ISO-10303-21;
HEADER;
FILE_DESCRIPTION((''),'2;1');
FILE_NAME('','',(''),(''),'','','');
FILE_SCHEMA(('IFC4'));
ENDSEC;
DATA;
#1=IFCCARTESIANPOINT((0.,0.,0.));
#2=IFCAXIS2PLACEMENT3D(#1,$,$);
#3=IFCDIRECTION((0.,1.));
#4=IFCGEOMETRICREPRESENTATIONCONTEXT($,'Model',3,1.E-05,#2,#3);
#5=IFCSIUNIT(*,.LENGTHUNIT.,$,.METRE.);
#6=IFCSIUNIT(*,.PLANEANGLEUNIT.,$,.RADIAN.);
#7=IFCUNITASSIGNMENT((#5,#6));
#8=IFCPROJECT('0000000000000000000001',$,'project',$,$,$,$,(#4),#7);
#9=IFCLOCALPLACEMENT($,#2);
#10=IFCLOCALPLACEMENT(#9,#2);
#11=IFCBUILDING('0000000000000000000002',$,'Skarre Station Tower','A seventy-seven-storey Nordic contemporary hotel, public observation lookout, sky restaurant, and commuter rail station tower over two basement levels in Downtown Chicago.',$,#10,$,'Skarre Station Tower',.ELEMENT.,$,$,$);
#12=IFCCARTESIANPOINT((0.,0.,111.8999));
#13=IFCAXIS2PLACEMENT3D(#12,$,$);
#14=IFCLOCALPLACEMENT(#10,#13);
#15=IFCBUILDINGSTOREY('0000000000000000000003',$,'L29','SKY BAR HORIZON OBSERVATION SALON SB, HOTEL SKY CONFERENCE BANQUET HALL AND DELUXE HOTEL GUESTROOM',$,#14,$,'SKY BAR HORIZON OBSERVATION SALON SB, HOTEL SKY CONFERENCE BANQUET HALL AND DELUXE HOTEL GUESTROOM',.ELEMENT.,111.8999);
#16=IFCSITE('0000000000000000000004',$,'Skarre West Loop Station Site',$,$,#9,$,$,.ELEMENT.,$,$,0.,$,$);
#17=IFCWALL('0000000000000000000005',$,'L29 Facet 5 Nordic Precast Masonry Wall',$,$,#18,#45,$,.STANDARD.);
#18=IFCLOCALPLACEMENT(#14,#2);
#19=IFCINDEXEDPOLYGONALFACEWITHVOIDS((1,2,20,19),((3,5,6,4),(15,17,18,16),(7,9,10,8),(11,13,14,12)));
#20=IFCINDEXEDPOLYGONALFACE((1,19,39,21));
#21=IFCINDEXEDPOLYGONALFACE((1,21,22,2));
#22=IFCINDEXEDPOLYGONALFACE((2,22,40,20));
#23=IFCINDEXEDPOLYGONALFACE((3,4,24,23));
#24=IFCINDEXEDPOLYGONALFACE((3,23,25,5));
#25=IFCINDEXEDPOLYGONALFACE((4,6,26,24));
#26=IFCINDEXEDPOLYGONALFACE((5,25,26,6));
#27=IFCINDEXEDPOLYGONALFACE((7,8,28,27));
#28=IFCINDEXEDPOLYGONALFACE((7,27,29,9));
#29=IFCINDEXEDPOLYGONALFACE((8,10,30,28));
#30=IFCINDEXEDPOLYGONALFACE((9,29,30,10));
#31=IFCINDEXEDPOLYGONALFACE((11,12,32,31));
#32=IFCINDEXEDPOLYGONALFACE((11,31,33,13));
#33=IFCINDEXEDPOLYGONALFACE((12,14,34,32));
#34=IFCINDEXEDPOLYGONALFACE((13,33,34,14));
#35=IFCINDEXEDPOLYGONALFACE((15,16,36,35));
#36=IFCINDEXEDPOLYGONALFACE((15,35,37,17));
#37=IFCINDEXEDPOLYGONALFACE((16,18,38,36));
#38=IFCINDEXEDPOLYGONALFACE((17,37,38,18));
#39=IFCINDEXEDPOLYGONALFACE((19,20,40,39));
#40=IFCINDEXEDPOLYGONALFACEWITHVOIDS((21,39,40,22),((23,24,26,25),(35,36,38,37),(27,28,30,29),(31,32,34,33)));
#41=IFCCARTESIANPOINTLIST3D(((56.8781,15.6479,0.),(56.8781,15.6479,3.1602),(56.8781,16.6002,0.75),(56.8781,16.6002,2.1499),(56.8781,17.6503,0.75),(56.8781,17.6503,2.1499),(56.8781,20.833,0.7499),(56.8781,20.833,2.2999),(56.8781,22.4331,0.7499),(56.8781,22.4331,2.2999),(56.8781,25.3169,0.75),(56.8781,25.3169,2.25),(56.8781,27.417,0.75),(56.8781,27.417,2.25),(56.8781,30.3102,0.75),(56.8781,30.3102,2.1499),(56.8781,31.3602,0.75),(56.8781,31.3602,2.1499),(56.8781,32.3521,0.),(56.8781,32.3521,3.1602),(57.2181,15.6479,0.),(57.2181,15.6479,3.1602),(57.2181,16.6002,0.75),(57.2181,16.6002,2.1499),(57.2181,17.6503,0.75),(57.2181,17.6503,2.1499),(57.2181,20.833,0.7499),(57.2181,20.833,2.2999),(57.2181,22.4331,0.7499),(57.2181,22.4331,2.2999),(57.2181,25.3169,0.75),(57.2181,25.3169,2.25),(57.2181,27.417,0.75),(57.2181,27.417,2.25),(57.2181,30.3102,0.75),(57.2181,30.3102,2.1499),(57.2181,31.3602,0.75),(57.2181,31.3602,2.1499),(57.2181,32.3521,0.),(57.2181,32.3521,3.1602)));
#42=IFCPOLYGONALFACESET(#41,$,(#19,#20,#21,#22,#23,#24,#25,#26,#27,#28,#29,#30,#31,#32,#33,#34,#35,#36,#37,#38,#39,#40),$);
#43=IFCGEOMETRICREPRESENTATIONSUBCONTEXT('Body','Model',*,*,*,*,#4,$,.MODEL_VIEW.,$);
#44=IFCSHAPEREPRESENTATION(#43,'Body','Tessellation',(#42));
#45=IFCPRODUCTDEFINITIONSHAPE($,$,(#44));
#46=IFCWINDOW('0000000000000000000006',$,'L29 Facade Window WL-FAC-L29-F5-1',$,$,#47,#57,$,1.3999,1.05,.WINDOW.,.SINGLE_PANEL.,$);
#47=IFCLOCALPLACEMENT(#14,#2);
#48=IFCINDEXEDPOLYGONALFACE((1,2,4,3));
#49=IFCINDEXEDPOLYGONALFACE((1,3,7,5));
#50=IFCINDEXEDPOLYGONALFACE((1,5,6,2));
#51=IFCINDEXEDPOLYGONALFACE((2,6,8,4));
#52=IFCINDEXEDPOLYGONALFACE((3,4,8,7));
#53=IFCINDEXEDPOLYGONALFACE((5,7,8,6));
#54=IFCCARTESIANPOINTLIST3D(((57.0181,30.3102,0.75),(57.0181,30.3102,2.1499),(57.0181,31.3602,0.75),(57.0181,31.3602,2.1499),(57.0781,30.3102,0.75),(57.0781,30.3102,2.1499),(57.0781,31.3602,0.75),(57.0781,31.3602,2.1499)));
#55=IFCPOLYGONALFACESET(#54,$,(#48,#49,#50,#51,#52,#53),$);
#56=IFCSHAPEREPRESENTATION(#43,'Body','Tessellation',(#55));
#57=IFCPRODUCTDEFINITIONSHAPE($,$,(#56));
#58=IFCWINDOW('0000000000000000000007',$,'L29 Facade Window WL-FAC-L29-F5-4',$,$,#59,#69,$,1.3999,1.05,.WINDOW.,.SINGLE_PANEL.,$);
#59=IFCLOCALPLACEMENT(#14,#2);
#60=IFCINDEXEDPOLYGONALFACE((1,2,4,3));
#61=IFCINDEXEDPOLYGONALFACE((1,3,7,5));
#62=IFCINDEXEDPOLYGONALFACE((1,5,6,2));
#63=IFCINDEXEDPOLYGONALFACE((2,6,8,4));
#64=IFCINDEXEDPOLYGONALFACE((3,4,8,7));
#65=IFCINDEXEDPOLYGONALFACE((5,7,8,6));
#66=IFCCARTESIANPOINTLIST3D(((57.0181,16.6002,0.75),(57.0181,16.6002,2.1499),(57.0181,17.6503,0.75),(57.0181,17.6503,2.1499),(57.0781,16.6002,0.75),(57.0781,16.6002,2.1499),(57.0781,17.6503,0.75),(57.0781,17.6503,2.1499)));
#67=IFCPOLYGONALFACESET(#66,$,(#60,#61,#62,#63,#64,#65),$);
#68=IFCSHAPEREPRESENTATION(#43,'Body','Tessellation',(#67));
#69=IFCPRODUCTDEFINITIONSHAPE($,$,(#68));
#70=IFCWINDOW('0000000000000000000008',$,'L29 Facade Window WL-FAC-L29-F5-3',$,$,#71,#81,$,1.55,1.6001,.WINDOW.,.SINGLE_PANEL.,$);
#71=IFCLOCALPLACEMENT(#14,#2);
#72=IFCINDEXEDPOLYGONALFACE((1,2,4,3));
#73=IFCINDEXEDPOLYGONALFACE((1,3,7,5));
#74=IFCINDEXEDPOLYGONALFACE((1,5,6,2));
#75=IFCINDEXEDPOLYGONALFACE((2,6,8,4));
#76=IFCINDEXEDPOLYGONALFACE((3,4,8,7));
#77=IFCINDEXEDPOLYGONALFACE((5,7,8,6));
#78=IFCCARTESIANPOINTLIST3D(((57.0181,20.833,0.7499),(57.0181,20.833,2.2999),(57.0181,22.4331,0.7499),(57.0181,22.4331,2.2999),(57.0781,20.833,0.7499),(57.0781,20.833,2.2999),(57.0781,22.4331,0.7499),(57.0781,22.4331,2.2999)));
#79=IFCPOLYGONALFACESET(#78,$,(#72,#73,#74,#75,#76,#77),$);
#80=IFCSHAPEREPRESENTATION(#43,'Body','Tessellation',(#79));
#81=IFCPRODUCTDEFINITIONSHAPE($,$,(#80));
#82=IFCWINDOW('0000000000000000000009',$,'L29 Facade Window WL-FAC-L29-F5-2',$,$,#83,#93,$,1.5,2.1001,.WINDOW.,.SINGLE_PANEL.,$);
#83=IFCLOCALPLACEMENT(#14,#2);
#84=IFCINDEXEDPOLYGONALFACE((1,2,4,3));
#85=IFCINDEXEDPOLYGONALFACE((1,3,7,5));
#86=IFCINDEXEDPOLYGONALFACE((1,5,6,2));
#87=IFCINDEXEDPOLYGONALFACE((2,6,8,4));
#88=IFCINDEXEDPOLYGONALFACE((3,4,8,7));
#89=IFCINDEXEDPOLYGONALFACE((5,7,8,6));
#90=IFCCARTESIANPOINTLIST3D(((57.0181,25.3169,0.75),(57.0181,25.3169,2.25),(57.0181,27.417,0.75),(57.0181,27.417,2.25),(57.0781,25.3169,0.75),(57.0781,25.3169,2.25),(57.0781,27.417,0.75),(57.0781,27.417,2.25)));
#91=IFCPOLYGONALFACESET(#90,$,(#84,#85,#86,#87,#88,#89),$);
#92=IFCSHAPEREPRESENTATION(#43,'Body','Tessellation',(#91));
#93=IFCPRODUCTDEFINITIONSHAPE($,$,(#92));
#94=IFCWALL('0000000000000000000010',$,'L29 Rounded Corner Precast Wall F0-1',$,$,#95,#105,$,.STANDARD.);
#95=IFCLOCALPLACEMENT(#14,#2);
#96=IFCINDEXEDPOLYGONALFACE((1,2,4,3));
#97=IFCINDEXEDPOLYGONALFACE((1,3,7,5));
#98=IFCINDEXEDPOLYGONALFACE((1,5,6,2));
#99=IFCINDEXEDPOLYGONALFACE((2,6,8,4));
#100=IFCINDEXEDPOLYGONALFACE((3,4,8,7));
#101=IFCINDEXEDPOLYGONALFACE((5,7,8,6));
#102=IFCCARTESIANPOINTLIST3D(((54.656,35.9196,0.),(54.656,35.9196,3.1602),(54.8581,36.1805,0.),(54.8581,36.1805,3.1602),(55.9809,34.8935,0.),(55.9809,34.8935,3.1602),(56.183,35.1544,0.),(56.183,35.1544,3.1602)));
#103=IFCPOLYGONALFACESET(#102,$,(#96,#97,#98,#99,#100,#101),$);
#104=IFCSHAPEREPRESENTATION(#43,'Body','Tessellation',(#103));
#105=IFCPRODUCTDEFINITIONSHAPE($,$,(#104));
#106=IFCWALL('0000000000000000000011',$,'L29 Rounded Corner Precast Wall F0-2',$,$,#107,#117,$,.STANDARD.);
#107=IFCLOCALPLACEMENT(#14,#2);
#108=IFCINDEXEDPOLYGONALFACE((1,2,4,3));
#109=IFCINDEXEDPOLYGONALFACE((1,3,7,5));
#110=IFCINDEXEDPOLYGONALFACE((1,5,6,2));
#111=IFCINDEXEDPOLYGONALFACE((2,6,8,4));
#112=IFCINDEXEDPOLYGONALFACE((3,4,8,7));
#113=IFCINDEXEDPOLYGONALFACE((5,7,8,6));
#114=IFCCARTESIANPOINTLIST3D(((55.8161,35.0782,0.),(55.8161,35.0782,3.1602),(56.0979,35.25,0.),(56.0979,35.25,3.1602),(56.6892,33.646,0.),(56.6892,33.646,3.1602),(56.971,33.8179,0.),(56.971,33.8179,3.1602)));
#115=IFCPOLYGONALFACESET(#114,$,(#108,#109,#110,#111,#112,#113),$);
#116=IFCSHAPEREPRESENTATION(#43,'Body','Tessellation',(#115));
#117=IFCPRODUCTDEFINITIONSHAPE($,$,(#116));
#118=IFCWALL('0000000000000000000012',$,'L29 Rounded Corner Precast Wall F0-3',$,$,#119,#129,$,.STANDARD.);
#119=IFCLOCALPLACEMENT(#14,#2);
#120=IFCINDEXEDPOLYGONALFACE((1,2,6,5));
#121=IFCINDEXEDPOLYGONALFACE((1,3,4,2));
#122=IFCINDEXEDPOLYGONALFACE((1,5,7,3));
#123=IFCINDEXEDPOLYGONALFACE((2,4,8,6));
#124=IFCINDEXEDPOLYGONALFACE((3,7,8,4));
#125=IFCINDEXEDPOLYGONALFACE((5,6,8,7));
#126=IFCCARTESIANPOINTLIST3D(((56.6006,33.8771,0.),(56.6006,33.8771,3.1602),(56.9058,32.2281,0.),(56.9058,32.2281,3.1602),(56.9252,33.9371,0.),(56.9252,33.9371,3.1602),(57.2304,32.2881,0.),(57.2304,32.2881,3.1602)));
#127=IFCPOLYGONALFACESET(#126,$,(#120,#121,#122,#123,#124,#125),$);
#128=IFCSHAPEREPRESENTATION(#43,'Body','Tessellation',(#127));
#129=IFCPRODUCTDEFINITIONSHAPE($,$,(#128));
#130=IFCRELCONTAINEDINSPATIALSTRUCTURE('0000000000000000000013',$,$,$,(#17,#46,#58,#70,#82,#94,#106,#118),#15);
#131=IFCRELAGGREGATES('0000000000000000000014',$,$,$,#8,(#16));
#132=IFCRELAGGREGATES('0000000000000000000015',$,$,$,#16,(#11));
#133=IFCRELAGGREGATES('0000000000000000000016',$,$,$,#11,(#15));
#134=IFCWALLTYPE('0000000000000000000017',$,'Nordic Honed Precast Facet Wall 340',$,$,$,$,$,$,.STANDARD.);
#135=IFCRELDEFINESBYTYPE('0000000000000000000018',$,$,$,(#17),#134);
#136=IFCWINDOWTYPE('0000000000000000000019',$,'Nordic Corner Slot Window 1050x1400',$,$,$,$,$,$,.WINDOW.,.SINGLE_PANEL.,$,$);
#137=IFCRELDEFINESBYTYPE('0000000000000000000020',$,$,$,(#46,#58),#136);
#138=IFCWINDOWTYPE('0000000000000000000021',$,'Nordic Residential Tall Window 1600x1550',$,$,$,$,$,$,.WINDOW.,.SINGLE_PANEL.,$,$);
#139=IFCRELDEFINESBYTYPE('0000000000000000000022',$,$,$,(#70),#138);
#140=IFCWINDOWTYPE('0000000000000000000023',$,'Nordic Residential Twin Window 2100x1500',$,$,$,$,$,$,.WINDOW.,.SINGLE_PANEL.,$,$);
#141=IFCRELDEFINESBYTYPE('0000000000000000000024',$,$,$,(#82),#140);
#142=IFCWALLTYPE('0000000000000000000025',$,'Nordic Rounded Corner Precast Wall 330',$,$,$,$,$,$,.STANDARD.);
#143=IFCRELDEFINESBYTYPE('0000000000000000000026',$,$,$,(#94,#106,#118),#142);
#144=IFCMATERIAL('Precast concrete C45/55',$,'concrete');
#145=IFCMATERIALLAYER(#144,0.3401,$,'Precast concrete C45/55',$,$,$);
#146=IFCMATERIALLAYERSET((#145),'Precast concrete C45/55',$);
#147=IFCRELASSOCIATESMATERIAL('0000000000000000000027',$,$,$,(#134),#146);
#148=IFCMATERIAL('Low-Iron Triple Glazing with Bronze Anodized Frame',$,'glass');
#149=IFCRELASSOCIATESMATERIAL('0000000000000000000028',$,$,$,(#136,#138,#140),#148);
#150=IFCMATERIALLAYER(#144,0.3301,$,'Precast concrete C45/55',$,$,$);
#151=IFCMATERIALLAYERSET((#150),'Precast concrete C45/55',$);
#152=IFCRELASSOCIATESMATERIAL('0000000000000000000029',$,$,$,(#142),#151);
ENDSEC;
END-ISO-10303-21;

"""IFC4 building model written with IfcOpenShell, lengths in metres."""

from ifc_helpers import new_model, si_unit, direction, frame, frame_2d, origin, place, context, subcontext, project, spatial, rectangle, extrude, material, layer, layer_set, type_object, element, fill, save


model = new_model("IFC4")

# Units and contexts
model_context = context("Model", 3, precision=1e-05, world=origin(), true_north=direction((0.0, 1.0)))
body_context = subcontext(model_context, "Body", "Model", "MODEL_VIEW")
ifc_project = project(units=[si_unit("LENGTHUNIT", "METRE"), si_unit("PLANEANGLEUNIT", "RADIAN")], contexts=[model_context])

# Site, building, storey
site_placement = place(None, origin())
site = spatial("IfcSite", under=ifc_project, at=site_placement, Name="Skarre West Loop Station Site", CompositionType="ELEMENT", RefElevation=0.0)
building_placement = place(site_placement, origin())
building = spatial("IfcBuilding", under=site, at=building_placement, Name="Skarre Station Tower", Description="A seventy-seven-storey Nordic contemporary hotel, public observation lookout, sky restaurant, and commuter rail station tower over two basement levels in Downtown Chicago.", LongName="Skarre Station Tower", CompositionType="ELEMENT")
storey_placement = place(building_placement, frame((0.0, 0.0, 111.8999)))
storey = spatial("IfcBuildingStorey", under=building, at=storey_placement, Name="L29", Description="SKY BAR HORIZON OBSERVATION SALON SB, HOTEL SKY CONFERENCE BANQUET HALL AND DELUXE HOTEL GUESTROOM", LongName="SKY BAR HORIZON OBSERVATION SALON SB, HOTEL SKY CONFERENCE BANQUET HALL AND DELUXE HOTEL GUESTROOM", CompositionType="ELEMENT", Elevation=111.8999)

# Wall, openings, windows
ifc_material_1 = material(Name="Precast concrete C45/55", Category="concrete")
ifc_layer_1 = layer(ifc_material_1, 0.3401, Name="Precast concrete C45/55")
ifc_layer_set_1 = layer_set([ifc_layer_1], Name="Precast concrete C45/55")
wall_type_1 = type_object("IfcWallType", Name="Nordic Honed Precast Facet Wall 340", PredefinedType="STANDARD", material=ifc_layer_set_1)
wall_1_placement = place(storey_placement, frame((57.0481, 32.3521, 0.0), z_axis=(0.0, 0.0, 1.0), x_axis=(0.0, -1.0, 0.0)))
wall_1 = element("IfcWall", 1, at=wall_1_placement, inside=storey, type_object=wall_type_1, Name="L29 Facet 5 Nordic Precast Masonry Wall", PredefinedType="STANDARD", context=body_context, shape_type="SweptSolid", body=[
    extrude(rectangle(XDim=16.7041, YDim=0.3401, at=frame_2d((8.3521, 0.0))), origin(), (0.0, 0.0, 1.0), 3.1602),
])
opening_1_placement = place(wall_1_placement, frame((0.9919, 0.0, 0.75)))
opening_1 = element("IfcOpeningElement", 2, at=opening_1_placement, cuts=wall_1, PredefinedType="OPENING", context=body_context, shape_type="SweptSolid", body=[
    extrude(rectangle(XDim=1.05, YDim=1.3999, at=frame_2d((0.5249, 0.7))), frame((0.0, 0.1799, 0.0), z_axis=(0.0, -1.0, 0.0), x_axis=(1.0, 0.0, 0.0)), (0.0, 0.0, 1.0), 0.3601),
])
opening_2_placement = place(wall_1_placement, frame((4.9351, 0.0, 0.75)))
opening_2 = element("IfcOpeningElement", 3, at=opening_2_placement, cuts=wall_1, PredefinedType="OPENING", context=body_context, shape_type="SweptSolid", body=[
    extrude(rectangle(XDim=2.1001, YDim=1.5, at=frame_2d((1.05, 0.75))), frame((0.0, 0.1799, 0.0), z_axis=(0.0, -1.0, 0.0), x_axis=(1.0, 0.0, 0.0)), (0.0, 0.0, 1.0), 0.3601),
])
opening_3_placement = place(wall_1_placement, frame((9.9189, 0.0, 0.75)))
opening_3 = element("IfcOpeningElement", 4, at=opening_3_placement, cuts=wall_1, PredefinedType="OPENING", context=body_context, shape_type="SweptSolid", body=[
    extrude(rectangle(XDim=1.6001, YDim=1.55, at=frame_2d((0.8, 0.7749))), frame((0.0, 0.1799, 0.0), z_axis=(0.0, -1.0, 0.0), x_axis=(1.0, 0.0, 0.0)), (0.0, 0.0, 1.0), 0.3601),
])
opening_4_placement = place(wall_1_placement, frame((14.7019, 0.0, 0.75)))
opening_4 = element("IfcOpeningElement", 5, at=opening_4_placement, cuts=wall_1, PredefinedType="OPENING", context=body_context, shape_type="SweptSolid", body=[
    extrude(rectangle(XDim=1.05, YDim=1.3999, at=frame_2d((0.5249, 0.7))), frame((0.0, 0.1799, 0.0), z_axis=(0.0, -1.0, 0.0), x_axis=(1.0, 0.0, 0.0)), (0.0, 0.0, 1.0), 0.3601),
])
ifc_material_2 = material(Name="Low-Iron Triple Glazing with Bronze Anodized Frame", Category="glass")
window_type_1 = type_object("IfcWindowType", Name="Nordic Corner Slot Window 1050x1400", PartitioningType="SINGLE_PANEL", PredefinedType="WINDOW", material=ifc_material_2)
window_1_placement = place(opening_1_placement, origin())
window_1 = element("IfcWindow", 6, at=window_1_placement, inside=storey, type_object=window_type_1, Name="L29 Facade Window WL-FAC-L29-F5-1", OverallHeight=1.3999, OverallWidth=1.05, PartitioningType="SINGLE_PANEL", PredefinedType="WINDOW", context=body_context, shape_type="SweptSolid", body=[
    extrude(rectangle(XDim=1.05, YDim=1.3999, at=frame_2d((0.5249, 0.7))), frame((0.0, 0.03, 0.0), z_axis=(0.0, -1.0, 0.0), x_axis=(1.0, 0.0, 0.0)), (0.0, 0.0, 1.0), 0.0601),
])
fill(opening_1, window_1)
window_2_placement = place(opening_4_placement, origin())
window_2 = element("IfcWindow", 7, at=window_2_placement, inside=storey, type_object=window_type_1, Name="L29 Facade Window WL-FAC-L29-F5-4", OverallHeight=1.3999, OverallWidth=1.05, PartitioningType="SINGLE_PANEL", PredefinedType="WINDOW", context=body_context, shape_type="SweptSolid", body=[
    extrude(rectangle(XDim=1.05, YDim=1.3999, at=frame_2d((0.5249, 0.7))), frame((0.0, 0.03, 0.0), z_axis=(0.0, -1.0, 0.0), x_axis=(1.0, 0.0, 0.0)), (0.0, 0.0, 1.0), 0.0601),
])
fill(opening_4, window_2)
window_type_2 = type_object("IfcWindowType", Name="Nordic Residential Tall Window 1600x1550", PartitioningType="SINGLE_PANEL", PredefinedType="WINDOW", material=ifc_material_2)
window_3_placement = place(opening_3_placement, origin())
window_3 = element("IfcWindow", 8, at=window_3_placement, inside=storey, type_object=window_type_2, Name="L29 Facade Window WL-FAC-L29-F5-3", OverallHeight=1.55, OverallWidth=1.6001, PartitioningType="SINGLE_PANEL", PredefinedType="WINDOW", context=body_context, shape_type="SweptSolid", body=[
    extrude(rectangle(XDim=1.6001, YDim=1.55, at=frame_2d((0.8, 0.7749))), frame((0.0, 0.03, 0.0), z_axis=(0.0, -1.0, 0.0), x_axis=(1.0, 0.0, 0.0)), (0.0, 0.0, 1.0), 0.0601),
])
fill(opening_3, window_3)
window_type_3 = type_object("IfcWindowType", Name="Nordic Residential Twin Window 2100x1500", PartitioningType="SINGLE_PANEL", PredefinedType="WINDOW", material=ifc_material_2)
window_4_placement = place(opening_2_placement, origin())
window_4 = element("IfcWindow", 9, at=window_4_placement, inside=storey, type_object=window_type_3, Name="L29 Facade Window WL-FAC-L29-F5-2", OverallHeight=1.5, OverallWidth=2.1001, PartitioningType="SINGLE_PANEL", PredefinedType="WINDOW", context=body_context, shape_type="SweptSolid", body=[
    extrude(rectangle(XDim=2.1001, YDim=1.5, at=frame_2d((1.05, 0.75))), frame((0.0, 0.03, 0.0), z_axis=(0.0, -1.0, 0.0), x_axis=(1.0, 0.0, 0.0)), (0.0, 0.0, 1.0), 0.0601),
])
fill(opening_2, window_4)

# Walls
ifc_layer_2 = layer(ifc_material_1, 0.3301, Name="Precast concrete C45/55")
ifc_layer_set_2 = layer_set([ifc_layer_2], Name="Precast concrete C45/55")
wall_type_2 = type_object("IfcWallType", Name="Nordic Rounded Corner Precast Wall 330", PredefinedType="STANDARD", material=ifc_layer_set_2)
wall_2_placement = place(storey_placement, frame((54.7571, 36.05, 0.0), z_axis=(0.0, 0.0, 1.0), x_axis=(0.790621, -0.612305, 0.0)))
element("IfcWall", 10, at=wall_2_placement, inside=storey, type_object=wall_type_2, Name="L29 Rounded Corner Precast Wall F0-1", PredefinedType="STANDARD", context=body_context, shape_type="SweptSolid", body=[
    extrude(rectangle(XDim=1.6758, YDim=0.3301, at=frame_2d((0.8379, 0.0))), origin(), (0.0, 0.0, 1.0), 3.1602),
])
wall_3_placement = place(storey_placement, frame((55.957, 35.1641, 0.0), z_axis=(0.0, 0.0, 1.0), x_axis=(0.520519, -0.85385, 0.0)))
element("IfcWall", 11, at=wall_3_placement, inside=storey, type_object=wall_type_2, Name="L29 Rounded Corner Precast Wall F0-2", PredefinedType="STANDARD", context=body_context, shape_type="SweptSolid", body=[
    extrude(rectangle(XDim=1.6772, YDim=0.3301, at=frame_2d((0.8386, 0.0))), origin(), (0.0, 0.0, 1.0), 3.1602),
])
wall_4_placement = place(storey_placement, frame((56.7629, 33.907, 0.0), z_axis=(0.0, 0.0, 1.0), x_axis=(0.181985, -0.983301, 0.0)))
element("IfcWall", 12, at=wall_4_placement, inside=storey, type_object=wall_type_2, Name="L29 Rounded Corner Precast Wall F0-3", PredefinedType="STANDARD", context=body_context, shape_type="SweptSolid", body=[
    extrude(rectangle(XDim=1.677, YDim=0.3301, at=frame_2d((0.8384, 0.0))), origin(), (0.0, 0.0, 1.0), 3.1602),
])

save(model, "model.ifc")
